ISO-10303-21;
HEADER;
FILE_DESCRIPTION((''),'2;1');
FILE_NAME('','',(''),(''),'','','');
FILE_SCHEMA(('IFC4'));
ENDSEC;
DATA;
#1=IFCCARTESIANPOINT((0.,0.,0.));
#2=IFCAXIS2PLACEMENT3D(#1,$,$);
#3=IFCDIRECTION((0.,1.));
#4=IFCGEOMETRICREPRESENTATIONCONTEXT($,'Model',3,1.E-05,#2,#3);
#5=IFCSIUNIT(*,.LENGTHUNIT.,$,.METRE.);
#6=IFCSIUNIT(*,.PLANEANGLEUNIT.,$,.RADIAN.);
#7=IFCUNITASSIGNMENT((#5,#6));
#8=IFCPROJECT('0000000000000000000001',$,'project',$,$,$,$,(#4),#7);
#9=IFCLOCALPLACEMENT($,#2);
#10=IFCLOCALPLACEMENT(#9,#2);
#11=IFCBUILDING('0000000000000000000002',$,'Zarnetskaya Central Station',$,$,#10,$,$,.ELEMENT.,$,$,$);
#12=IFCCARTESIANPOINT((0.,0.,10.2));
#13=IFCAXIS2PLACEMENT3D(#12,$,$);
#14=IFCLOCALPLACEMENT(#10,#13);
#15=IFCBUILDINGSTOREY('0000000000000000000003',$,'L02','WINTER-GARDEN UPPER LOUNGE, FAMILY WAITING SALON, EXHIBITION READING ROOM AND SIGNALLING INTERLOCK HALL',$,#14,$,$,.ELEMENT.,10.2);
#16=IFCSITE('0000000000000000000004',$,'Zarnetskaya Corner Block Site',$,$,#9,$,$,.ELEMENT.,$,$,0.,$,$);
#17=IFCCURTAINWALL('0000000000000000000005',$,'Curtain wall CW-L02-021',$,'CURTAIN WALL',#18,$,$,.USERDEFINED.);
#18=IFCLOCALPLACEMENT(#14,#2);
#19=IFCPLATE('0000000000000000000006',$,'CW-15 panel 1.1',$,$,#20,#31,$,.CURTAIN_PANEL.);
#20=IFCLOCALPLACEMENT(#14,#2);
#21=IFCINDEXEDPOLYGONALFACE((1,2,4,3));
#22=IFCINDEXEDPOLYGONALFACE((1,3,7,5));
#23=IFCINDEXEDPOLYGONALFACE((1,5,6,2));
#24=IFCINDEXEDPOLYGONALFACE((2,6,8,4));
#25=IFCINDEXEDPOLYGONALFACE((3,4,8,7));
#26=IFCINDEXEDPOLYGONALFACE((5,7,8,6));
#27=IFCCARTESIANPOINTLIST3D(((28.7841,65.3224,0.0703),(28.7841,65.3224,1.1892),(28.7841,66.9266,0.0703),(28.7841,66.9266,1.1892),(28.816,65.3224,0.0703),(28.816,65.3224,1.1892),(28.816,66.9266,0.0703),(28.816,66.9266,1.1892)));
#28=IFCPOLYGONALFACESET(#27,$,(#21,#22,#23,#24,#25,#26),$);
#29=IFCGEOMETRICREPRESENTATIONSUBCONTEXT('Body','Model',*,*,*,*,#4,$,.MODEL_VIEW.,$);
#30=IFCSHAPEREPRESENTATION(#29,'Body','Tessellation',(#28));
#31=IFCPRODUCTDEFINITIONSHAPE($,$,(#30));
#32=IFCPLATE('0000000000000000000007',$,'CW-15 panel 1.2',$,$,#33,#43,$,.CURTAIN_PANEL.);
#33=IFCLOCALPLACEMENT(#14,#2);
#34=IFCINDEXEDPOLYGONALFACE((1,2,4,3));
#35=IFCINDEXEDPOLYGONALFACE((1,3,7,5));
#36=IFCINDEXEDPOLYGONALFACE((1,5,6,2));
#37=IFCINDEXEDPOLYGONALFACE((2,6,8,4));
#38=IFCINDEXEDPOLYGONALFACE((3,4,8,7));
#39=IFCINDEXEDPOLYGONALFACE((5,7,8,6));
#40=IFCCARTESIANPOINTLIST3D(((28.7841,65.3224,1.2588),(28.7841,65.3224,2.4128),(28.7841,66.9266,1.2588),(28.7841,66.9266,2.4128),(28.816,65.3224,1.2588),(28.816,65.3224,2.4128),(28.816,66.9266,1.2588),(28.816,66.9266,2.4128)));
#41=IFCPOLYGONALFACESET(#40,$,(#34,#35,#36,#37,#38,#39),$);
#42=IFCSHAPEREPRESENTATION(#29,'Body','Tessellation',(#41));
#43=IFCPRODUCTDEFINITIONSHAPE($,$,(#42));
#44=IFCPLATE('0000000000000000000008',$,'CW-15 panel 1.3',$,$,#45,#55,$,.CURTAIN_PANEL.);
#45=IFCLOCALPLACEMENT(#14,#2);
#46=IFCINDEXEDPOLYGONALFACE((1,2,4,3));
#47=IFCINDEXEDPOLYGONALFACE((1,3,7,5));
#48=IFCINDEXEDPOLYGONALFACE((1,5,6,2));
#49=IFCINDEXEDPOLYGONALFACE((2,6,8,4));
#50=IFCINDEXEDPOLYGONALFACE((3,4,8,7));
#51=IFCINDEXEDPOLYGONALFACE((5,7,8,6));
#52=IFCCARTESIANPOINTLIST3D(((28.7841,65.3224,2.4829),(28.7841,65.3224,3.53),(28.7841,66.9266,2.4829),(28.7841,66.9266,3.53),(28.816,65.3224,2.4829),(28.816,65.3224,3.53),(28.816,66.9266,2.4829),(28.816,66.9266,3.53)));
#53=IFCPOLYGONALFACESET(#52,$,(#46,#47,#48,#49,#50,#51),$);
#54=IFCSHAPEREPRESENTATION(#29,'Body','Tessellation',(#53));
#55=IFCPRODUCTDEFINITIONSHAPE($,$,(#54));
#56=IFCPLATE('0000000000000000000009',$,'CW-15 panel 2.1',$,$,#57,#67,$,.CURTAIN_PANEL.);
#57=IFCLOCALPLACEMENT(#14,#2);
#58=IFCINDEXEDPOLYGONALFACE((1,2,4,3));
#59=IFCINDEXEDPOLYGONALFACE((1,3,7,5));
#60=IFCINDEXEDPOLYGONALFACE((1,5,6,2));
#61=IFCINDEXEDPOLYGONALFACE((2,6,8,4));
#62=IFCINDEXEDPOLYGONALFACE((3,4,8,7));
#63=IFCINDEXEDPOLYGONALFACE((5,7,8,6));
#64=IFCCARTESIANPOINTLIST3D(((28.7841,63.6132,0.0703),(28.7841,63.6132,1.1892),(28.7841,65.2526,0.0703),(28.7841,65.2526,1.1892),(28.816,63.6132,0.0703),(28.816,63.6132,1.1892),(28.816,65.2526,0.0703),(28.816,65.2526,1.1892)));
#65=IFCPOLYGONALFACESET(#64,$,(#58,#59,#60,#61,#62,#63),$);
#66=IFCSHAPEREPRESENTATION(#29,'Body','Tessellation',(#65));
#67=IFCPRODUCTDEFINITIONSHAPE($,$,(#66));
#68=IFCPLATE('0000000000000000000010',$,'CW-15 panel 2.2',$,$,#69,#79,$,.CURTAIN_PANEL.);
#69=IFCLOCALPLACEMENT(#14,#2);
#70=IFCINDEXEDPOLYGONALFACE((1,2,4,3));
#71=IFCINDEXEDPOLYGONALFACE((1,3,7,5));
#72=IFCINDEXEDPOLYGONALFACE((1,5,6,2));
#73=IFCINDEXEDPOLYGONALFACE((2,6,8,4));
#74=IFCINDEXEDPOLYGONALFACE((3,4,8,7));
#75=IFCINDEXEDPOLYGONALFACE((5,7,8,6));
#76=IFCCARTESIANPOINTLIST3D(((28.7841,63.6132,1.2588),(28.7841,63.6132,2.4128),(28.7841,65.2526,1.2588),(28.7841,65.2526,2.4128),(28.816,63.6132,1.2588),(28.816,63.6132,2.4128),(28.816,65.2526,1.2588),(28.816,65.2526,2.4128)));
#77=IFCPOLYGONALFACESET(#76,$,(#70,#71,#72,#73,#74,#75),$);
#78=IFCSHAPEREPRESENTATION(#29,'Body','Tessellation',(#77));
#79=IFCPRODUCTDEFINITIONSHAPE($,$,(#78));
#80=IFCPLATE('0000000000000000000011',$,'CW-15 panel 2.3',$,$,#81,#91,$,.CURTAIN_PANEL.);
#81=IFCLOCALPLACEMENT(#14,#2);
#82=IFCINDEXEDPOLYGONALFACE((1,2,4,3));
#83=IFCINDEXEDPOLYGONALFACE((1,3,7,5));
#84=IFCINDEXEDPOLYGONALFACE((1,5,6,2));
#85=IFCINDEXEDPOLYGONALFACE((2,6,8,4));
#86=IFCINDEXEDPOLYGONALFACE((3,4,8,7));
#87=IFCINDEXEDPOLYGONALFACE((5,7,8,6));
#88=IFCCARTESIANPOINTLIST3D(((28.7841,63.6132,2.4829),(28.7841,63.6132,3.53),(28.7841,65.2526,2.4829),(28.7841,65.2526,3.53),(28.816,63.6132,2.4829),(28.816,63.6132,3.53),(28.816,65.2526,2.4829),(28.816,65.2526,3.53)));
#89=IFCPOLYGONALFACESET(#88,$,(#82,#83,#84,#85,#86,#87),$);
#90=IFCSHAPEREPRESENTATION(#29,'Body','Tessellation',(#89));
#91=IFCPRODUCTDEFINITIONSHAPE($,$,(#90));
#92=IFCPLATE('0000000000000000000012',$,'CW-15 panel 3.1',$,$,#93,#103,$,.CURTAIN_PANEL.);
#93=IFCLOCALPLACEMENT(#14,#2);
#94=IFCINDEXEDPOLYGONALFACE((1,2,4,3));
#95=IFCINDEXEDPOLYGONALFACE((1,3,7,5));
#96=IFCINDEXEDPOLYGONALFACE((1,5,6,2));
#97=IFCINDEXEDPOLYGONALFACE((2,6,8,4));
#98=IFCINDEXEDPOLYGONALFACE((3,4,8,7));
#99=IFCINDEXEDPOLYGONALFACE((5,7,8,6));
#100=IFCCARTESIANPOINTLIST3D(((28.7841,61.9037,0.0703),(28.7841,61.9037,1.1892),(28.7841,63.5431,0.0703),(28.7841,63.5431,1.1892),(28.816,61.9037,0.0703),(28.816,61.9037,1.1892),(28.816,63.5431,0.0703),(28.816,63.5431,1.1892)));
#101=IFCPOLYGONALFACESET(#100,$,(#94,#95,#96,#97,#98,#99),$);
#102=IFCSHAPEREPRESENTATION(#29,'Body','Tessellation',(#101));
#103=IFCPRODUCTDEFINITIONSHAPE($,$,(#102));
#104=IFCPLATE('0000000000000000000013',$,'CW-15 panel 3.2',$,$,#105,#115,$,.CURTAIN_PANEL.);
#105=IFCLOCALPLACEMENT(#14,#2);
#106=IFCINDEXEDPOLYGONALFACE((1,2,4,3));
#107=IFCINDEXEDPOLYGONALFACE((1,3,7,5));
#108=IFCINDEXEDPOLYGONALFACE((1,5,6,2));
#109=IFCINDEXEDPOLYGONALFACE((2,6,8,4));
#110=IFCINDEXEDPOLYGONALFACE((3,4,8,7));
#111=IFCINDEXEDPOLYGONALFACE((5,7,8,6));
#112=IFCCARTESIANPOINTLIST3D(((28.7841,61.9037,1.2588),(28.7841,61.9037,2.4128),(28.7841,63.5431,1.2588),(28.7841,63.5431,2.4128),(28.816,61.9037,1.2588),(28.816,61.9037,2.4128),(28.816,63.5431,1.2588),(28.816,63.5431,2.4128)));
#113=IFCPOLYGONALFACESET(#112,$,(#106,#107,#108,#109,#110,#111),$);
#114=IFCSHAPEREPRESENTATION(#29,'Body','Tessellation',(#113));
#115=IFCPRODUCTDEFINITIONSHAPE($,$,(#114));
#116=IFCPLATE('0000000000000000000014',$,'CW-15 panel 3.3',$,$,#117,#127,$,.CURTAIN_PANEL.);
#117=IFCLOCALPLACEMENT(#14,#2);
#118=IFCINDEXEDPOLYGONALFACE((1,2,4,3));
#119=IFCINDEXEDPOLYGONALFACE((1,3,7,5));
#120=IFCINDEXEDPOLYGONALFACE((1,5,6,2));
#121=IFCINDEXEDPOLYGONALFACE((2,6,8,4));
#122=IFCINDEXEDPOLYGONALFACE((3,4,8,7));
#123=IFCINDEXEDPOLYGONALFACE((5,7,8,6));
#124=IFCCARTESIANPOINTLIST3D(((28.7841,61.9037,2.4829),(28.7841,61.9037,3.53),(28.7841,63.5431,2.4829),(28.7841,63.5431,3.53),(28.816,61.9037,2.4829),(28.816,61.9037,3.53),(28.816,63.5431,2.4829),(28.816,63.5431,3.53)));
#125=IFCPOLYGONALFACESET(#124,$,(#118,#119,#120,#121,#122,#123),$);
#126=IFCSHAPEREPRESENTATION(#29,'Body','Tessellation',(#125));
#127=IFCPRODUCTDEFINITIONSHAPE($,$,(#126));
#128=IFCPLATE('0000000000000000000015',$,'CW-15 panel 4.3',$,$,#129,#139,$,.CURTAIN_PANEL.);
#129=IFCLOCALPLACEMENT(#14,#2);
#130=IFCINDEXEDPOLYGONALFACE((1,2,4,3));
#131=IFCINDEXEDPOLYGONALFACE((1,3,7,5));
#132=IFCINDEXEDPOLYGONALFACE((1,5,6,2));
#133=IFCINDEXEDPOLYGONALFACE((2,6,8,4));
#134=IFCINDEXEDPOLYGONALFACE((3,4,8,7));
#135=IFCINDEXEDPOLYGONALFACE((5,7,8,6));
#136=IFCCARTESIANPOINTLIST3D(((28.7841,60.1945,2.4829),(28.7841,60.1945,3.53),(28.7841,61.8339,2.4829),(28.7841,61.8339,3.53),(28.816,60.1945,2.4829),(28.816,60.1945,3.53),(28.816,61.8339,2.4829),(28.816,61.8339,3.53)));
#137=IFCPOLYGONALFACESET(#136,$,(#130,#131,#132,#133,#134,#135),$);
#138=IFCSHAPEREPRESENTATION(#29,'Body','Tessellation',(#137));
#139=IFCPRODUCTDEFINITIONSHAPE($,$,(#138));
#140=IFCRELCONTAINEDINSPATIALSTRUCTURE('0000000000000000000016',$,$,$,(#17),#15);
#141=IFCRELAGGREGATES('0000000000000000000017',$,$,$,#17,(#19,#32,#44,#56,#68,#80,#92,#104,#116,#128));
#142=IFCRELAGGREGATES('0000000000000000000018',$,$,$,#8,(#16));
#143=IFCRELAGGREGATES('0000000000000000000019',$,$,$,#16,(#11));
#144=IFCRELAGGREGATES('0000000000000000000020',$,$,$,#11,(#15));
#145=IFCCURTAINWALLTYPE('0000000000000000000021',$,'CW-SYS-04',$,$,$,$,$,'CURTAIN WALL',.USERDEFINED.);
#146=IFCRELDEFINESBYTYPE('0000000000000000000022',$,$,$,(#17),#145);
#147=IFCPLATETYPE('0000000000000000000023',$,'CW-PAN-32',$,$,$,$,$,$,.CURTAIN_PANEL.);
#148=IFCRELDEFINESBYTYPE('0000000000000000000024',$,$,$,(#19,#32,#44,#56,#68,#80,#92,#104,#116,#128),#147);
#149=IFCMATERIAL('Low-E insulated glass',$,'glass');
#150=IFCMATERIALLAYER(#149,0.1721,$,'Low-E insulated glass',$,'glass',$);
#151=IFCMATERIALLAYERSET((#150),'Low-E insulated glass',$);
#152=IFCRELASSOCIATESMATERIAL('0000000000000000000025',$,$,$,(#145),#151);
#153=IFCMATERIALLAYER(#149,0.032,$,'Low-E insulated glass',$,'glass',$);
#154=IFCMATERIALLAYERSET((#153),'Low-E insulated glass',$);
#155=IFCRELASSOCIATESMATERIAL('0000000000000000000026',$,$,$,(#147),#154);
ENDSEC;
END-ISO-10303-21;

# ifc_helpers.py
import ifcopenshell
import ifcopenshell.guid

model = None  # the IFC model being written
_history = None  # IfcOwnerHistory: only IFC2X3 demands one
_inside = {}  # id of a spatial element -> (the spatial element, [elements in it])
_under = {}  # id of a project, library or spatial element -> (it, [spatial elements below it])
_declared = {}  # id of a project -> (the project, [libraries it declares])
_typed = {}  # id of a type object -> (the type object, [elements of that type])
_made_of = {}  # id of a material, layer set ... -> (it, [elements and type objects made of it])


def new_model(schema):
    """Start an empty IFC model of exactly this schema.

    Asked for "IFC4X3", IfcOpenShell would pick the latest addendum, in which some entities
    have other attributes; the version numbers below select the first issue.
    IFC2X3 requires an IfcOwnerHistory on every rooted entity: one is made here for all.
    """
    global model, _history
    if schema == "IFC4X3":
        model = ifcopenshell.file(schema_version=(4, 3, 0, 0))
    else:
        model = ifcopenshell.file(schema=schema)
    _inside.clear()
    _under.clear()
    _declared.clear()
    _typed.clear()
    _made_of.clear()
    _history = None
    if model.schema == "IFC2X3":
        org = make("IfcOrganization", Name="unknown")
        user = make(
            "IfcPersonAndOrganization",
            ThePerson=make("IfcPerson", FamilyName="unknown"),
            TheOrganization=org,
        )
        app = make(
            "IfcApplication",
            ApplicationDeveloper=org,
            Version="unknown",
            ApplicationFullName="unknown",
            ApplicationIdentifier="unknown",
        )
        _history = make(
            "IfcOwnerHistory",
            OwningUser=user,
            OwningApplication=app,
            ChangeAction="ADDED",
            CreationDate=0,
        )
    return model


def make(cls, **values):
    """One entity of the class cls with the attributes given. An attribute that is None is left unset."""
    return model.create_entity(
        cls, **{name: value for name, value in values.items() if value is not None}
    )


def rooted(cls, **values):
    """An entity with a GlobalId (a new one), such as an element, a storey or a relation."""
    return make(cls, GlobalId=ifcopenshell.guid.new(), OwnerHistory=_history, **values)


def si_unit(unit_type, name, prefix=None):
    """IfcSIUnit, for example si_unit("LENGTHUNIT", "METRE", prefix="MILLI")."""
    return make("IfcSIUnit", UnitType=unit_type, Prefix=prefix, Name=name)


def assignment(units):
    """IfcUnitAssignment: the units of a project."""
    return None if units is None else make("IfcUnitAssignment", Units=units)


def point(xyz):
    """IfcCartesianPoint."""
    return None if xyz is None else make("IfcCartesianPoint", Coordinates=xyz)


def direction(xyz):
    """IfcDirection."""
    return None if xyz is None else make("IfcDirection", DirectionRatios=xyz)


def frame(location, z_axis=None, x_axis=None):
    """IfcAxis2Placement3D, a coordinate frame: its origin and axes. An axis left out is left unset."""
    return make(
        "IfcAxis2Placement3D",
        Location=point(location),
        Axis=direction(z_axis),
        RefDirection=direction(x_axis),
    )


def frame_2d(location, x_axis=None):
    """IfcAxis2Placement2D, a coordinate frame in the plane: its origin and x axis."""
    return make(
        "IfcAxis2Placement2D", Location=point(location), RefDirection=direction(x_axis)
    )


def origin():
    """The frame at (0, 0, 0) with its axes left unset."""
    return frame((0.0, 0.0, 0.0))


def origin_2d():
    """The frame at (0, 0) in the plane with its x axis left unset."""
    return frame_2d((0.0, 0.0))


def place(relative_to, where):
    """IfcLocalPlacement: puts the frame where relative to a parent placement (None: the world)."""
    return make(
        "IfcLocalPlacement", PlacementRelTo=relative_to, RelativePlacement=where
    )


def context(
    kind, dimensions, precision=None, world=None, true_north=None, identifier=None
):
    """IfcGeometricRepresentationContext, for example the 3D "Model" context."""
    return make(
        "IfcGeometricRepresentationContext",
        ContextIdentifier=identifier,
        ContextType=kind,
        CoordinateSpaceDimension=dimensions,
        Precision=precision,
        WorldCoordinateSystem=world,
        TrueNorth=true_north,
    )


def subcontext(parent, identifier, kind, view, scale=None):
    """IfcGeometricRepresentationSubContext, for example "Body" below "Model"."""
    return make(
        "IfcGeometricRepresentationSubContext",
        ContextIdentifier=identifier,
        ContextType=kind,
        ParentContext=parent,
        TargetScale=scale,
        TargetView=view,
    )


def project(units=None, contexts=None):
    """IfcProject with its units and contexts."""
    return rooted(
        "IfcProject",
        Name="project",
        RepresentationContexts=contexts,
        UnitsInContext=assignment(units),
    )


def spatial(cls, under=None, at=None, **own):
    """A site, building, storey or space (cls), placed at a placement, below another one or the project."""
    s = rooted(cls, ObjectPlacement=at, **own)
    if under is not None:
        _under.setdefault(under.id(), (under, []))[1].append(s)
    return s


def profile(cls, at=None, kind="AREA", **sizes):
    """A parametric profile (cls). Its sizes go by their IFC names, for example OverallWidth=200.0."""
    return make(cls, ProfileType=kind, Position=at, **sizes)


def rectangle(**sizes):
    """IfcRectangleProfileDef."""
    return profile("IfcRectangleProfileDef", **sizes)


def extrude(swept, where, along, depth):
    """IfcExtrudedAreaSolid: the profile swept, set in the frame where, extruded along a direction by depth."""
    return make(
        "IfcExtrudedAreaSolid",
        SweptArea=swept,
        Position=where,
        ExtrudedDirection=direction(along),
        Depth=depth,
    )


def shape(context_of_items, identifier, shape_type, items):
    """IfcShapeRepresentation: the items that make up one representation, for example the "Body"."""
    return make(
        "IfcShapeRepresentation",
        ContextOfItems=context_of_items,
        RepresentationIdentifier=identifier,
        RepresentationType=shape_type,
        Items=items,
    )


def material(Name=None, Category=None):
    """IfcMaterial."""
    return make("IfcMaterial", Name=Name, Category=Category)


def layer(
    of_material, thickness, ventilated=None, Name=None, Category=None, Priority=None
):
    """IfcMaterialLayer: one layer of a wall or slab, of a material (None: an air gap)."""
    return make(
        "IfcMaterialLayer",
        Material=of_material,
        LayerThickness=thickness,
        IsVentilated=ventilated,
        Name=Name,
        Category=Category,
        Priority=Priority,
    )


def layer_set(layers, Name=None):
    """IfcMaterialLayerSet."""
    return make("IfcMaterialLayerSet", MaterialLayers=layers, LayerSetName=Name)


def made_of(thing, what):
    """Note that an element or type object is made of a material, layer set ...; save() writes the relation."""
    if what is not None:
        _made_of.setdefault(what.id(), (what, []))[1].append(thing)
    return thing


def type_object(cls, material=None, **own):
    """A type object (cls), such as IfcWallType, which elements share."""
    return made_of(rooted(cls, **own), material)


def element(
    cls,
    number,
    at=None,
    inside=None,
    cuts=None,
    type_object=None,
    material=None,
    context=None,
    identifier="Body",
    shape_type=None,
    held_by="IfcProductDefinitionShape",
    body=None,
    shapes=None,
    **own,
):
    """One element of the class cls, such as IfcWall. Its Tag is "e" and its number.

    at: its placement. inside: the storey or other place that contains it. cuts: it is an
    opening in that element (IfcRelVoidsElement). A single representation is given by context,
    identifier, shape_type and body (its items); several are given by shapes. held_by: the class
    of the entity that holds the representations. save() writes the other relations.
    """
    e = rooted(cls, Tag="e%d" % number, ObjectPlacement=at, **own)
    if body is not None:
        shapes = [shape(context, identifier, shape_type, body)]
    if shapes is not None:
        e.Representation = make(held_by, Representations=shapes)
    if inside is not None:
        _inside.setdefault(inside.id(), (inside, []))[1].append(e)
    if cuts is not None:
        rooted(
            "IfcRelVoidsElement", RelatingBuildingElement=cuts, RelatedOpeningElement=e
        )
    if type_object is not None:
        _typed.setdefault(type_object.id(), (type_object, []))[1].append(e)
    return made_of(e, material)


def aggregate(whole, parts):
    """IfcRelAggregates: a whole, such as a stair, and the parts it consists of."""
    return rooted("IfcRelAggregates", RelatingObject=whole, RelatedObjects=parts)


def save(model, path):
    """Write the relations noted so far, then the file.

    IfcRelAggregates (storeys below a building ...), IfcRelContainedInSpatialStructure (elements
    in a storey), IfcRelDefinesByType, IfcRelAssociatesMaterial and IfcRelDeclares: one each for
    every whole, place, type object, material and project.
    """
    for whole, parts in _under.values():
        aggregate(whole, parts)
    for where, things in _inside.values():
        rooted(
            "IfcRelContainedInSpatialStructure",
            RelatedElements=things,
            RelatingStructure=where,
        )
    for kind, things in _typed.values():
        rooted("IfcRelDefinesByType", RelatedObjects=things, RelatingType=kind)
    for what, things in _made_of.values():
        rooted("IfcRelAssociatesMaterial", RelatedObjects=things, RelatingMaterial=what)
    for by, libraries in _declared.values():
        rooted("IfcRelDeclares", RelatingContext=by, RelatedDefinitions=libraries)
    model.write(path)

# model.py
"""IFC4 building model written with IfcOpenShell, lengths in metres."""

from ifc_helpers import new_model, si_unit, direction, frame, origin, origin_2d, place, context, subcontext, project, spatial, rectangle, extrude, material, layer, layer_set, type_object, element, aggregate, save


model = new_model("IFC4")

# Units and contexts
model_context = context("Model", 3, precision=1e-05, world=origin(), true_north=direction((0.0, 1.0)))
body_context = subcontext(model_context, "Body", "Model", "MODEL_VIEW")
ifc_project = project(units=[si_unit("LENGTHUNIT", "METRE"), si_unit("PLANEANGLEUNIT", "RADIAN")], contexts=[model_context])

# Site, building, storey
site_placement = place(None, origin())
site = spatial("IfcSite", under=ifc_project, at=site_placement, Name="Zarnetskaya Corner Block Site", CompositionType="ELEMENT", RefElevation=0.0)
building_placement = place(site_placement, origin())
building = spatial("IfcBuilding", under=site, at=building_placement, Name="Zarnetskaya Central Station", CompositionType="ELEMENT")
storey_placement = place(building_placement, frame((0.0, 0.0, 10.2)))
storey = spatial("IfcBuildingStorey", under=building, at=storey_placement, Name="L02", Description="WINTER-GARDEN UPPER LOUNGE, FAMILY WAITING SALON, EXHIBITION READING ROOM AND SIGNALLING INTERLOCK HALL", CompositionType="ELEMENT", Elevation=10.2)

# Curtain wall, plates
ifc_material_1 = material(Name="Low-E insulated glass", Category="glass")
ifc_layer_1 = layer(ifc_material_1, 0.1721, Name="Low-E insulated glass", Category="glass")
ifc_layer_set_1 = layer_set([ifc_layer_1], Name="Low-E insulated glass")
curtain_wall_type = type_object("IfcCurtainWallType", Name="CW-SYS-04", ElementType="CURTAIN WALL", PredefinedType="USERDEFINED", material=ifc_layer_set_1)
curtain_wall_placement = place(storey_placement, origin())
curtain_wall = element("IfcCurtainWall", 1, at=curtain_wall_placement, inside=storey, type_object=curtain_wall_type, Name="Curtain wall CW-L02-021", ObjectType="CURTAIN WALL", PredefinedType="USERDEFINED")
ifc_layer_2 = layer(ifc_material_1, 0.032, Name="Low-E insulated glass", Category="glass")
ifc_layer_set_2 = layer_set([ifc_layer_2], Name="Low-E insulated glass")
plate_type = type_object("IfcPlateType", Name="CW-PAN-32", PredefinedType="CURTAIN_PANEL", material=ifc_layer_set_2)
plate_1_placement = place(storey_placement, frame((28.8, 66.1245, 0.0703), z_axis=(0.0, 0.0, 1.0), x_axis=(0.0, -1.0, 0.0)))
plate_1 = element("IfcPlate", 2, at=plate_1_placement, type_object=plate_type, Name="CW-15 panel 1.1", PredefinedType="CURTAIN_PANEL", context=body_context, shape_type="SweptSolid", body=[
    extrude(rectangle(XDim=1.6042, YDim=0.032, at=origin_2d()), origin(), (0.0, 0.0, 1.0), 1.1189),
])
plate_2_placement = place(storey_placement, frame((28.8, 66.1245, 1.2588), z_axis=(0.0, 0.0, 1.0), x_axis=(0.0, -1.0, 0.0)))
plate_2 = element("IfcPlate", 3, at=plate_2_placement, type_object=plate_type, Name="CW-15 panel 1.2", PredefinedType="CURTAIN_PANEL", context=body_context, shape_type="SweptSolid", body=[
    extrude(rectangle(XDim=1.6042, YDim=0.032, at=origin_2d()), origin(), (0.0, 0.0, 1.0), 1.1541),
])
plate_3_placement = place(storey_placement, frame((28.8, 66.1245, 2.4829), z_axis=(0.0, 0.0, 1.0), x_axis=(0.0, -1.0, 0.0)))
plate_3 = element("IfcPlate", 4, at=plate_3_placement, type_object=plate_type, Name="CW-15 panel 1.3", PredefinedType="CURTAIN_PANEL", context=body_context, shape_type="SweptSolid", body=[
    extrude(rectangle(XDim=1.6042, YDim=0.032, at=origin_2d()), origin(), (0.0, 0.0, 1.0), 1.0471),
])
plate_4_placement = place(storey_placement, frame((28.8, 64.4329, 0.0703), z_axis=(0.0, 0.0, 1.0), x_axis=(0.0, -1.0, 0.0)))
plate_4 = element("IfcPlate", 5, at=plate_4_placement, type_object=plate_type, Name="CW-15 panel 2.1", PredefinedType="CURTAIN_PANEL", context=body_context, shape_type="SweptSolid", body=[
    extrude(rectangle(XDim=1.6394, YDim=0.032, at=origin_2d()), origin(), (0.0, 0.0, 1.0), 1.1189),
])
plate_5_placement = place(storey_placement, frame((28.8, 64.4329, 1.2588), z_axis=(0.0, 0.0, 1.0), x_axis=(0.0, -1.0, 0.0)))
plate_5 = element("IfcPlate", 6, at=plate_5_placement, type_object=plate_type, Name="CW-15 panel 2.2", PredefinedType="CURTAIN_PANEL", context=body_context, shape_type="SweptSolid", body=[
    extrude(rectangle(XDim=1.6394, YDim=0.032, at=origin_2d()), origin(), (0.0, 0.0, 1.0), 1.1541),
])
plate_6_placement = place(storey_placement, frame((28.8, 64.4329, 2.4829), z_axis=(0.0, 0.0, 1.0), x_axis=(0.0, -1.0, 0.0)))
plate_6 = element("IfcPlate", 7, at=plate_6_placement, type_object=plate_type, Name="CW-15 panel 2.3", PredefinedType="CURTAIN_PANEL", context=body_context, shape_type="SweptSolid", body=[
    extrude(rectangle(XDim=1.6394, YDim=0.032, at=origin_2d()), origin(), (0.0, 0.0, 1.0), 1.0471),
])
plate_7_placement = place(storey_placement, frame((28.8, 62.7234, 0.0703), z_axis=(0.0, 0.0, 1.0), x_axis=(0.0, -1.0, 0.0)))
plate_7 = element("IfcPlate", 8, at=plate_7_placement, type_object=plate_type, Name="CW-15 panel 3.1", PredefinedType="CURTAIN_PANEL", context=body_context, shape_type="SweptSolid", body=[
    extrude(rectangle(XDim=1.6394, YDim=0.032, at=origin_2d()), origin(), (0.0, 0.0, 1.0), 1.1189),
])
plate_8_placement = place(storey_placement, frame((28.8, 62.7234, 1.2588), z_axis=(0.0, 0.0, 1.0), x_axis=(0.0, -1.0, 0.0)))
plate_8 = element("IfcPlate", 9, at=plate_8_placement, type_object=plate_type, Name="CW-15 panel 3.2", PredefinedType="CURTAIN_PANEL", context=body_context, shape_type="SweptSolid", body=[
    extrude(rectangle(XDim=1.6394, YDim=0.032, at=origin_2d()), origin(), (0.0, 0.0, 1.0), 1.1541),
])
plate_9_placement = place(storey_placement, frame((28.8, 62.7234, 2.4829), z_axis=(0.0, 0.0, 1.0), x_axis=(0.0, -1.0, 0.0)))
plate_9 = element("IfcPlate", 10, at=plate_9_placement, type_object=plate_type, Name="CW-15 panel 3.3", PredefinedType="CURTAIN_PANEL", context=body_context, shape_type="SweptSolid", body=[
    extrude(rectangle(XDim=1.6394, YDim=0.032, at=origin_2d()), origin(), (0.0, 0.0, 1.0), 1.0471),
])
plate_10_placement = place(storey_placement, frame((28.8, 61.0142, 2.4829), z_axis=(0.0, 0.0, 1.0), x_axis=(0.0, -1.0, 0.0)))
plate_10 = element("IfcPlate", 11, at=plate_10_placement, type_object=plate_type, Name="CW-15 panel 4.3", PredefinedType="CURTAIN_PANEL", context=body_context, shape_type="SweptSolid", body=[
    extrude(rectangle(XDim=1.6394, YDim=0.032, at=origin_2d()), origin(), (0.0, 0.0, 1.0), 1.0471),
])
aggregate(curtain_wall, [plate_1, plate_2, plate_3, plate_4, plate_5, plate_6, plate_7, plate_8, plate_9, plate_10])

save(model, "model.ifc")
